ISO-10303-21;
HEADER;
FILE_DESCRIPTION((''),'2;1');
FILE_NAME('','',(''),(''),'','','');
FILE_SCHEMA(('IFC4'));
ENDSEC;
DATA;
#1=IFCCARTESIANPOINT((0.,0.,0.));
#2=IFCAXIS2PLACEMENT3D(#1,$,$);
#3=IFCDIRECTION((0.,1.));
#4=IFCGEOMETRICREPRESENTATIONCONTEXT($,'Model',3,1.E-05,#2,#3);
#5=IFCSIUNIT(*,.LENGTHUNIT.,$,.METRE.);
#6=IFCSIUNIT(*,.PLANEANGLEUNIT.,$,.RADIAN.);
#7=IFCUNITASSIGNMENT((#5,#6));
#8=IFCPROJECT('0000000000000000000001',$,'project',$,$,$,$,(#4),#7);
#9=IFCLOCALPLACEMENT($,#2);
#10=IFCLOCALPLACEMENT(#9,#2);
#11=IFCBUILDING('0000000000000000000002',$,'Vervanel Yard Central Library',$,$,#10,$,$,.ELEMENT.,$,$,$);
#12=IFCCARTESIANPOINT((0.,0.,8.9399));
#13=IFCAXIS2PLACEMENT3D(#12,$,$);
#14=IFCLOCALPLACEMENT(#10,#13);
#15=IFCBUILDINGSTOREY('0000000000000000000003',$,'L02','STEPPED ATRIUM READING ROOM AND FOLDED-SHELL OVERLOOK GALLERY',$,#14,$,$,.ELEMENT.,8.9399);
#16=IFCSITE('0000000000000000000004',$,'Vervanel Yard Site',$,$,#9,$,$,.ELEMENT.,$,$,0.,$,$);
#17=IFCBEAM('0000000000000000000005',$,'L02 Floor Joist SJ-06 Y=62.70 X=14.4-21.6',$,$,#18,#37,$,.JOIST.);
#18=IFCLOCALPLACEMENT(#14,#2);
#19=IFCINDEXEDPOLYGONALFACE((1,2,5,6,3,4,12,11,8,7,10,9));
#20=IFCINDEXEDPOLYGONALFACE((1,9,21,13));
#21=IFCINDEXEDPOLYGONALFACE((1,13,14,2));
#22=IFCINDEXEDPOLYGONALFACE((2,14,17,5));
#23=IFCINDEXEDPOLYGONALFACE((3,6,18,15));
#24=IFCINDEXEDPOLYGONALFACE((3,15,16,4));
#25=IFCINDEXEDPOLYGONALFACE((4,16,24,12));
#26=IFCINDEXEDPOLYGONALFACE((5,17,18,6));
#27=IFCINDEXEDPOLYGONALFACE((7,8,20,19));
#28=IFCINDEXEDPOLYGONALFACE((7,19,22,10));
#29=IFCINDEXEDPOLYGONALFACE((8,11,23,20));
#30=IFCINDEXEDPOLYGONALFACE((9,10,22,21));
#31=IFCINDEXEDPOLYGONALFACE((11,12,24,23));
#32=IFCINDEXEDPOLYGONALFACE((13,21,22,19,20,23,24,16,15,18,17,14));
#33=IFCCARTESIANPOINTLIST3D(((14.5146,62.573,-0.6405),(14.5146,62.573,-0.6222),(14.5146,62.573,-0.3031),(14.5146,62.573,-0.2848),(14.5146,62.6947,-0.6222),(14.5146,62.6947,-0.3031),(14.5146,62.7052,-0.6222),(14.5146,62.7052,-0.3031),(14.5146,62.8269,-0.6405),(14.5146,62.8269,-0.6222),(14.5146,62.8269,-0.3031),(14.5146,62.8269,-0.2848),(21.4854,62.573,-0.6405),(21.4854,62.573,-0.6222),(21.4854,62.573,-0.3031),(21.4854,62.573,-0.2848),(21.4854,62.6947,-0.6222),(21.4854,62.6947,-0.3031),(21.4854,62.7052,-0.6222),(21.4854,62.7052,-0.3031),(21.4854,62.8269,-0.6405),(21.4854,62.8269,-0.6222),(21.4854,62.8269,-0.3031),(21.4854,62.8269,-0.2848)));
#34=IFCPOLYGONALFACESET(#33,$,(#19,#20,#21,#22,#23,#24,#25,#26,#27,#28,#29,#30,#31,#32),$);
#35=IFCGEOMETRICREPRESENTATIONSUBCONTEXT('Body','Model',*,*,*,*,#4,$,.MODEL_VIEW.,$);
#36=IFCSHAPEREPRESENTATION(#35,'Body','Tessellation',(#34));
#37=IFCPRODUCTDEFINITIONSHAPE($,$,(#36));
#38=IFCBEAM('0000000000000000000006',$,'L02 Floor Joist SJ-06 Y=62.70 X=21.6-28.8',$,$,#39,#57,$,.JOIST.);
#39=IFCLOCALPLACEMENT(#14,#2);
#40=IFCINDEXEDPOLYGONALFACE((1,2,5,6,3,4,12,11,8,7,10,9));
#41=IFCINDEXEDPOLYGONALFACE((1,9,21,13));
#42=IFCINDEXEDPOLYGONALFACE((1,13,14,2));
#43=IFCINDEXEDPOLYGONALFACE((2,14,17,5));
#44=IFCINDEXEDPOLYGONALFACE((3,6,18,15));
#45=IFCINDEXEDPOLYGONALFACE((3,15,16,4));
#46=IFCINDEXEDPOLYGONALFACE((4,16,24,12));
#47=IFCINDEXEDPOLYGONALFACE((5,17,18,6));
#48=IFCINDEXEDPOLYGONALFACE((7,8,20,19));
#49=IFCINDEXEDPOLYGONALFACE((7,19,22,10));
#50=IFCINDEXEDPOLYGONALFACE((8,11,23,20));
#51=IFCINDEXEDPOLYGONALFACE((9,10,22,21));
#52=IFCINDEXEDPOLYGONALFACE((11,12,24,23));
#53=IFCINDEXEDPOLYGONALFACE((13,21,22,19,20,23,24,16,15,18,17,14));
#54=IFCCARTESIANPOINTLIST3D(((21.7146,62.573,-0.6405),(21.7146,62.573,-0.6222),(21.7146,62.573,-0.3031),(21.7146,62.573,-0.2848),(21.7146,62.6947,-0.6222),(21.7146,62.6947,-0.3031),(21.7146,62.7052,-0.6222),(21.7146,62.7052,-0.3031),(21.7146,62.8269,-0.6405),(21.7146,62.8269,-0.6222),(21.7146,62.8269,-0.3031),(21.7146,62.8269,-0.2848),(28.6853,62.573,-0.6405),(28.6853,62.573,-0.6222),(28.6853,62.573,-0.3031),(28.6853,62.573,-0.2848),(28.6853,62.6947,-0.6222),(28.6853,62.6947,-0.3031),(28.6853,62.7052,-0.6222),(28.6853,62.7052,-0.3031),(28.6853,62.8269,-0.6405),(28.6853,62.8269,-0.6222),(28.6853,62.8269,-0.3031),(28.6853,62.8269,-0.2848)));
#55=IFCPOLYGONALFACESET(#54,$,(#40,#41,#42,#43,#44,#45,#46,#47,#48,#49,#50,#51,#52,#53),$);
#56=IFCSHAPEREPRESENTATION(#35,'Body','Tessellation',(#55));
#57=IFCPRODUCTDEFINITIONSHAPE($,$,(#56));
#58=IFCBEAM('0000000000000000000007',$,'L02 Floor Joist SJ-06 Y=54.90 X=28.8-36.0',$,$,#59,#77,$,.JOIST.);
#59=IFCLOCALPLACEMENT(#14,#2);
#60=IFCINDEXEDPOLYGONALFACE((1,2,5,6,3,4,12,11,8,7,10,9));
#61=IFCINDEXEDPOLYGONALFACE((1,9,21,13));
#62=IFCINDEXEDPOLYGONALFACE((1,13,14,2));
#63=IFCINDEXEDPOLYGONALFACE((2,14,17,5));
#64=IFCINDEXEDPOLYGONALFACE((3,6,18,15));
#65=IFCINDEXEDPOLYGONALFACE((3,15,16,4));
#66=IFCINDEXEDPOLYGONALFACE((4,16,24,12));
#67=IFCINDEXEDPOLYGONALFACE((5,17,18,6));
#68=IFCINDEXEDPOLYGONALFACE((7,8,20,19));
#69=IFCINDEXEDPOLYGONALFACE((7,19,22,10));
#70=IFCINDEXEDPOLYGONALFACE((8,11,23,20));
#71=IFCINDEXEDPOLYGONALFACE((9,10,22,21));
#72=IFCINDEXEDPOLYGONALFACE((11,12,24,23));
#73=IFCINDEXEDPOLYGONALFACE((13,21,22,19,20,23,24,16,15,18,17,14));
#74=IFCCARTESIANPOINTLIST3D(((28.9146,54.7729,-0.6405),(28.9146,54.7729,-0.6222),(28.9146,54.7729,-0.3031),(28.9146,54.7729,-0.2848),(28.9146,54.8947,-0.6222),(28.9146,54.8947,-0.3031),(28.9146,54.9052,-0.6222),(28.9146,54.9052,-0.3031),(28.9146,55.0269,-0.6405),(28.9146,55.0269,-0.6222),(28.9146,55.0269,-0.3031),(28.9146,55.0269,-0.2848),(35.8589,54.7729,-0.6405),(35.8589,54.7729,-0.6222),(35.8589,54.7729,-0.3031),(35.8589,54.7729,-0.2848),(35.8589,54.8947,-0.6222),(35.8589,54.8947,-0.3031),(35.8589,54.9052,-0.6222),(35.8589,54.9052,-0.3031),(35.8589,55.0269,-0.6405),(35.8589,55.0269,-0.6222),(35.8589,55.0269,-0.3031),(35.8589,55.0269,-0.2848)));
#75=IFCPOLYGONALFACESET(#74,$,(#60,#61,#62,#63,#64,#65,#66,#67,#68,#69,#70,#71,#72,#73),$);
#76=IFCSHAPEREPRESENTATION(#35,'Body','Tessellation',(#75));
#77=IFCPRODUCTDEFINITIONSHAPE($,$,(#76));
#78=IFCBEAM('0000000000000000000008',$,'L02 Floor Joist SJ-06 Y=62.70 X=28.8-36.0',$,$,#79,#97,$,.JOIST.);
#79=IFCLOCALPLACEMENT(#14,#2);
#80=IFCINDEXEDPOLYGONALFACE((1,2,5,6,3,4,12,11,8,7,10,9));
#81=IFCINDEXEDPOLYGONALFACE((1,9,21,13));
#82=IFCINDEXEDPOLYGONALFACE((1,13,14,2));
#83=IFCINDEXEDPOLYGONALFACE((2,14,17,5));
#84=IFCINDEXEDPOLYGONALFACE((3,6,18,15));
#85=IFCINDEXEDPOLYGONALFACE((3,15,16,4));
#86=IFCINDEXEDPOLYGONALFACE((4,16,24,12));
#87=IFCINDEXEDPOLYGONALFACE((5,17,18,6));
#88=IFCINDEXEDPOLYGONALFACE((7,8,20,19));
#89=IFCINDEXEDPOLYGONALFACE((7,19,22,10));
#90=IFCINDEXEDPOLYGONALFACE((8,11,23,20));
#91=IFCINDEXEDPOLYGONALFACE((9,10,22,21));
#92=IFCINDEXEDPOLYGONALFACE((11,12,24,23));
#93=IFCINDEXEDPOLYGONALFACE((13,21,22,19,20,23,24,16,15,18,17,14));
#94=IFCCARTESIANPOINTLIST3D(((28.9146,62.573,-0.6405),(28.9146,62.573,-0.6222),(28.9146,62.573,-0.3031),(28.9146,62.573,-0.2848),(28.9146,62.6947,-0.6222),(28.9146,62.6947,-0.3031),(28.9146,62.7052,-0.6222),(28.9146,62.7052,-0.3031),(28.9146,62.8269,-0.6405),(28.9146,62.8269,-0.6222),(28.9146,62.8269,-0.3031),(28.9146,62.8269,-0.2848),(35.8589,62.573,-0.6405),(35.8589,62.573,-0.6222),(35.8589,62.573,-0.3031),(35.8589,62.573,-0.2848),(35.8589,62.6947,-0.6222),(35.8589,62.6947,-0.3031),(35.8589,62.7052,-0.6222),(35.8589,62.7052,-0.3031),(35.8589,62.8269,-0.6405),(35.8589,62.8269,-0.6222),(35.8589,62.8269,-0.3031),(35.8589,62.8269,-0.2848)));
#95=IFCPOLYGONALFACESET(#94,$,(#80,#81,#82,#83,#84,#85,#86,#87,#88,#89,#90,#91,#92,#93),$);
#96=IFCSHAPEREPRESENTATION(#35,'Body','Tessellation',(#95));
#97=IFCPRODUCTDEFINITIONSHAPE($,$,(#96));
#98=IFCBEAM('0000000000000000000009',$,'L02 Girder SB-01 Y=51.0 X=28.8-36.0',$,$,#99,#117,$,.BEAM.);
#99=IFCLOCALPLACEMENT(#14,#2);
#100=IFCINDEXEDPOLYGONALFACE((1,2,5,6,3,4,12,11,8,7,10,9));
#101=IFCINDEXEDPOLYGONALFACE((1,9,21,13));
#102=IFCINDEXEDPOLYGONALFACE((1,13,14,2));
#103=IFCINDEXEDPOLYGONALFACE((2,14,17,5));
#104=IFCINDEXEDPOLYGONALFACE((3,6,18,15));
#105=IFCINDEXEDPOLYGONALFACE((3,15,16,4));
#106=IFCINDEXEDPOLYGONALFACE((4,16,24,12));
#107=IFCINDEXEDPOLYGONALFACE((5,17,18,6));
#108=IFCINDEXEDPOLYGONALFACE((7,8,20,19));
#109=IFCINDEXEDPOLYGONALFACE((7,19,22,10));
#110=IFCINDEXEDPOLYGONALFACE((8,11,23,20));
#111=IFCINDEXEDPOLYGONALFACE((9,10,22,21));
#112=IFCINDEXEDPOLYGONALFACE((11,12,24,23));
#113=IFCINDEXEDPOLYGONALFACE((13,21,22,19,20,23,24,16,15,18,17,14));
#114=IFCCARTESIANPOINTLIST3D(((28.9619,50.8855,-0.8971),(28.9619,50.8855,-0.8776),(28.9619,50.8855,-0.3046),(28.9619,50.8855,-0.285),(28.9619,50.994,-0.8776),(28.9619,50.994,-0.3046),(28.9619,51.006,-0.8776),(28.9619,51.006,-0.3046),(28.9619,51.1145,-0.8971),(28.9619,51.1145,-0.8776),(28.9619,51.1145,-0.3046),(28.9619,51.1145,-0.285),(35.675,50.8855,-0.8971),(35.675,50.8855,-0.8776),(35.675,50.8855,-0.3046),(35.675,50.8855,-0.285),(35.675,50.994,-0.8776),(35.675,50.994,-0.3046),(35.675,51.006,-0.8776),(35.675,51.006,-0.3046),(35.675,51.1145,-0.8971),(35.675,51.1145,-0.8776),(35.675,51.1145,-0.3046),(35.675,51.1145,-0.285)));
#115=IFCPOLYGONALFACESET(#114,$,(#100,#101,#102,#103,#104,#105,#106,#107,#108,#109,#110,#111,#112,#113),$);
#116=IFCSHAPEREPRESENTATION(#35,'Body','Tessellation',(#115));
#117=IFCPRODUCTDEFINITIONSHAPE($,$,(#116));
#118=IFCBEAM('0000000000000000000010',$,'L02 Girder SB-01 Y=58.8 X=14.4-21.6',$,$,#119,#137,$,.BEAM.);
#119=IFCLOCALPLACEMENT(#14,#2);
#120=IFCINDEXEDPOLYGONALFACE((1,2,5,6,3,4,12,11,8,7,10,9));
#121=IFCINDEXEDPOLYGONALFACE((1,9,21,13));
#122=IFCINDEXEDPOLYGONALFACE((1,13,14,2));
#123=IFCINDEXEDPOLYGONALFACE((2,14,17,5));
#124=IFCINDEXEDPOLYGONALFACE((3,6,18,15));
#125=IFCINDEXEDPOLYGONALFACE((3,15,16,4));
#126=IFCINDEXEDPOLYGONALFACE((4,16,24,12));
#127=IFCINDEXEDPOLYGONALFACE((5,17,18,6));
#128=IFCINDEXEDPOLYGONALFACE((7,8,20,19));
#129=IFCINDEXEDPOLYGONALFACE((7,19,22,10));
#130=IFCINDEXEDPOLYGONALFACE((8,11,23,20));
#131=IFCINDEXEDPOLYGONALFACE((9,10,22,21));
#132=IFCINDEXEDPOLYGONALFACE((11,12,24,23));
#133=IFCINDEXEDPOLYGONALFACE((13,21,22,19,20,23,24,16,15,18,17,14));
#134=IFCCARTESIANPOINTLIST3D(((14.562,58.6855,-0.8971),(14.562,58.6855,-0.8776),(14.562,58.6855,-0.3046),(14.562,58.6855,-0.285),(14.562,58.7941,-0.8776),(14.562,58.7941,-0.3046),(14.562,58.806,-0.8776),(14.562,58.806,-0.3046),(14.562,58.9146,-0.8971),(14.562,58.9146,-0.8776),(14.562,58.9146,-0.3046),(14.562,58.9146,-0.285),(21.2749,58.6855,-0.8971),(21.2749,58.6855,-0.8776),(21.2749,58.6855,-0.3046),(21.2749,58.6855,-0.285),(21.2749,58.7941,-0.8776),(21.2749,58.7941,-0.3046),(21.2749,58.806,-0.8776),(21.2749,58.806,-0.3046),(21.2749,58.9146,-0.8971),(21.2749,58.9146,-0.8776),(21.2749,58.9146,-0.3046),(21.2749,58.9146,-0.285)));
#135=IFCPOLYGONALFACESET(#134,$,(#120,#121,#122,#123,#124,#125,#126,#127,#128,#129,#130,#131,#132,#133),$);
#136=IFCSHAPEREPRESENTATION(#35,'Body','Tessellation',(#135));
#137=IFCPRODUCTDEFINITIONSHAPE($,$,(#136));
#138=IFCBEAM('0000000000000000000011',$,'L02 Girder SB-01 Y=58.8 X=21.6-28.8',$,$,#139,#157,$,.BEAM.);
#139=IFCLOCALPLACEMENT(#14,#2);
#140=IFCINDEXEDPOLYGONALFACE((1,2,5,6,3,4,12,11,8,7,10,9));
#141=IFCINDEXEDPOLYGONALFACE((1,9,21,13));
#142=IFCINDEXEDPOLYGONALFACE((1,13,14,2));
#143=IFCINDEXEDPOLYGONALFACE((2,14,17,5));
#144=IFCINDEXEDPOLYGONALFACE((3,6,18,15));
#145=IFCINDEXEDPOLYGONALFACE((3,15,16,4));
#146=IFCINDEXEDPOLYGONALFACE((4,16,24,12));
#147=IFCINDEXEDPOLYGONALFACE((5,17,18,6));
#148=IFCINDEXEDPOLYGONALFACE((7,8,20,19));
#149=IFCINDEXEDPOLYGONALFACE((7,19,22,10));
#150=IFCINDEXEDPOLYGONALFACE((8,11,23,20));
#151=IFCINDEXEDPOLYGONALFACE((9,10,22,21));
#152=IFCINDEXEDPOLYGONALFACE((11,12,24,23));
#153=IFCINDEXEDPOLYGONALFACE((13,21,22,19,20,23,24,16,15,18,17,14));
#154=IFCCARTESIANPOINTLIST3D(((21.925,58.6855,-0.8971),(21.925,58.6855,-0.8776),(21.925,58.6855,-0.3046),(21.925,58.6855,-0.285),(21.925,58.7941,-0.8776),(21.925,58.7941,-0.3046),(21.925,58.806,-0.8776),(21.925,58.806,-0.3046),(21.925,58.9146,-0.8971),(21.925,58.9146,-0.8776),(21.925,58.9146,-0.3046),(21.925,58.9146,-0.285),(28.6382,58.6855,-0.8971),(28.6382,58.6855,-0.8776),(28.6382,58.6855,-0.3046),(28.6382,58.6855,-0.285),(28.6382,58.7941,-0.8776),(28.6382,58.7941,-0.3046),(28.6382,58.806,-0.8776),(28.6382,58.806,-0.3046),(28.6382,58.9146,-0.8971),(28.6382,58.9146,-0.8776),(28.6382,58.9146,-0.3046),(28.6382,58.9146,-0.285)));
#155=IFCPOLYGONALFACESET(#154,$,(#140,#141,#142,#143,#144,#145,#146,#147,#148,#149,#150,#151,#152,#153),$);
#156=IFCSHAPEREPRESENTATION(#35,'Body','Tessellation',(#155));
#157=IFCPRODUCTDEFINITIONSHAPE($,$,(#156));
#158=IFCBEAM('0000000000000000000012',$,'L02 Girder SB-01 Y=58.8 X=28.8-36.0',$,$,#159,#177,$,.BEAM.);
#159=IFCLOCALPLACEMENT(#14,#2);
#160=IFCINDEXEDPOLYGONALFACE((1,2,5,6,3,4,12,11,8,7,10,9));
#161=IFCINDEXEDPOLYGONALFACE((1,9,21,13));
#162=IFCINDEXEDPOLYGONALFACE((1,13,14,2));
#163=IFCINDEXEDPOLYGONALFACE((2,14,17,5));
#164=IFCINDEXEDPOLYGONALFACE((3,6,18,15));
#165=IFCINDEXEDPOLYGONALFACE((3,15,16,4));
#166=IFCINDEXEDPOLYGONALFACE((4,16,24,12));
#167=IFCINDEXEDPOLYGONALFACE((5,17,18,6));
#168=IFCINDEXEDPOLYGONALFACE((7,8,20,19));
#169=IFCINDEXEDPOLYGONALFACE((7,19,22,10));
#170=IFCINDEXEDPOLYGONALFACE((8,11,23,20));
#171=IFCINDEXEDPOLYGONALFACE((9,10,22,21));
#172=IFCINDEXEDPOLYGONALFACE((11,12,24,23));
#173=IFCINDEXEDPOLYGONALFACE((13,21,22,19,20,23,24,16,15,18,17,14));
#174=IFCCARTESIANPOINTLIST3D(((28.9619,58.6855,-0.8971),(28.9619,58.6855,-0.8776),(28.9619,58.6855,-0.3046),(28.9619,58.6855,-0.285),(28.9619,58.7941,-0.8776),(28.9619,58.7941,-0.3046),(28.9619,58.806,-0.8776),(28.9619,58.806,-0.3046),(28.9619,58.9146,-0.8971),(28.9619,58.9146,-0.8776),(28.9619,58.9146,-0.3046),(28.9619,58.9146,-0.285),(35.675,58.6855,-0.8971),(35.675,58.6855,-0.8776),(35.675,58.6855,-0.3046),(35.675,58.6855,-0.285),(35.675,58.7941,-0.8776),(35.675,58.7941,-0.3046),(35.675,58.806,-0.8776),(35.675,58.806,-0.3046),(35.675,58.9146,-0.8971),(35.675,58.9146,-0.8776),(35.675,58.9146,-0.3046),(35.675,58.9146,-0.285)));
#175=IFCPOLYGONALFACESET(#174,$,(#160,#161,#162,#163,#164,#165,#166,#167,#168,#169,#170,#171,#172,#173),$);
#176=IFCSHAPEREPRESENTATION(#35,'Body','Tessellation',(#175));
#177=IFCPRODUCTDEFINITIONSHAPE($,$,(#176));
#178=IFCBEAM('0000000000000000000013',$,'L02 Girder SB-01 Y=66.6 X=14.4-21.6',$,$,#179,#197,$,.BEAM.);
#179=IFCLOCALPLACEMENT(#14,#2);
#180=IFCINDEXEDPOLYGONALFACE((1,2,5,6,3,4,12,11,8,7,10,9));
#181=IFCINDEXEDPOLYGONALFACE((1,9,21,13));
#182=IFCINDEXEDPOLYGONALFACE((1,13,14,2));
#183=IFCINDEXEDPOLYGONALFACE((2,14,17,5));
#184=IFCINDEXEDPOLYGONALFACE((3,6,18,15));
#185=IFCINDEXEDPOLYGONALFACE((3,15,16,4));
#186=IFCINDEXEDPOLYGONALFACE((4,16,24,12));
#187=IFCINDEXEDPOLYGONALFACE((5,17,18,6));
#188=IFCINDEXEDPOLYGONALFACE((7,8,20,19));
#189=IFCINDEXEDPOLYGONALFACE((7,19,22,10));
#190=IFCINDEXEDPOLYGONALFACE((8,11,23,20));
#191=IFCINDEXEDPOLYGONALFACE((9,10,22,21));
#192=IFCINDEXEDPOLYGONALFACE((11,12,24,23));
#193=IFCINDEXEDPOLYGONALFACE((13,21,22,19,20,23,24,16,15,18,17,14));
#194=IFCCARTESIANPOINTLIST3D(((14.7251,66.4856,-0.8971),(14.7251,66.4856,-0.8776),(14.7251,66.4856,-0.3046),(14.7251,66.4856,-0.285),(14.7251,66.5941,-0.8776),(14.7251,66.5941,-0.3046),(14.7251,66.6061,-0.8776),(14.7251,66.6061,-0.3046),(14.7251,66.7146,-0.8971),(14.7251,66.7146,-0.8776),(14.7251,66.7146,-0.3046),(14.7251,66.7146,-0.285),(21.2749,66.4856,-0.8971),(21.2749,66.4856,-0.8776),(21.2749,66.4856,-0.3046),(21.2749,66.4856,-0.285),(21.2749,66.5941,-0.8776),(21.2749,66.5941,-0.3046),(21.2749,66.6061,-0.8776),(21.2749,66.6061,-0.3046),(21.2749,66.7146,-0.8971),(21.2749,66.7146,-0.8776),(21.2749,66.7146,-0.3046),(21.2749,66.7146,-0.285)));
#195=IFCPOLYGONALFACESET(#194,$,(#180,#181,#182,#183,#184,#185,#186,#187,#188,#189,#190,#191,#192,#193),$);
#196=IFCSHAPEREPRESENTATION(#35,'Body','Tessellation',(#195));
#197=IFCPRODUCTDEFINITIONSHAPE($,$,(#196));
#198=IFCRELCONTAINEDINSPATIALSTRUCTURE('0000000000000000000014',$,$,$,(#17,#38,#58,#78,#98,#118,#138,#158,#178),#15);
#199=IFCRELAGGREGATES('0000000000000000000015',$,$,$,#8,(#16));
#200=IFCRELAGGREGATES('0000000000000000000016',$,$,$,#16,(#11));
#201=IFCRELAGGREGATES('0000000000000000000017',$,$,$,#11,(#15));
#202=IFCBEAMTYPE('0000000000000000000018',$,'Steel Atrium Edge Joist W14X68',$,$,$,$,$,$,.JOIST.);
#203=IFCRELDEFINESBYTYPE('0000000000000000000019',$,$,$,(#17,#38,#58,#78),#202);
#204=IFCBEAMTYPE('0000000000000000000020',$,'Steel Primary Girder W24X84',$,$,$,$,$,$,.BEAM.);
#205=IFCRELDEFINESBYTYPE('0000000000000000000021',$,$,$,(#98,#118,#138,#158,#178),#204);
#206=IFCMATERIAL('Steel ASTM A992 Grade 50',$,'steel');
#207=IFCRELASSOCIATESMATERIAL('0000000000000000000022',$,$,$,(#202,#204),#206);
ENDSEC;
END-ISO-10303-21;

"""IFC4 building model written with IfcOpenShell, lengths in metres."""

from ifc_helpers import new_model, si_unit, direction, frame, origin, origin_2d, place, context, subcontext, project, spatial, i_section, extrude, material, material_profile, profile_set, type_object, element, save


model = new_model("IFC4")

# Units and contexts
model_context = context("Model", 3, precision=1e-05, world=origin(), true_north=direction((0.0, 1.0)))
body_context = subcontext(model_context, "Body", "Model", "MODEL_VIEW")
ifc_project = project(units=[si_unit("LENGTHUNIT", "METRE"), si_unit("PLANEANGLEUNIT", "RADIAN")], contexts=[model_context])

# Site, building, storey
site_placement = place(None, origin())
site = spatial("IfcSite", under=ifc_project, at=site_placement, Name="Vervanel Yard Site", CompositionType="ELEMENT", RefElevation=0.0)
building_placement = place(site_placement, origin())
building = spatial("IfcBuilding", under=site, at=building_placement, Name="Vervanel Yard Central Library", CompositionType="ELEMENT")
storey_placement = place(building_placement, frame((0.0, 0.0, 8.9399)))
storey = spatial("IfcBuildingStorey", under=building, at=storey_placement, Name="L02", Description="STEPPED ATRIUM READING ROOM AND FOLDED-SHELL OVERLOOK GALLERY", CompositionType="ELEMENT", Elevation=8.9399)

# Beams
ifc_material_1 = material(Name="Steel ASTM A992 Grade 50", Category="steel")
ifc_material_profile_1 = material_profile(ifc_material_1, i_section(OverallWidth=0.2539, OverallDepth=0.3557, WebThickness=0.0105, FlangeThickness=0.0183, at=origin_2d()), Name="W14X68", Category="steel")
ifc_profile_set_1 = profile_set([ifc_material_profile_1], Name="Steel ASTM A992 Grade 50")
beam_type_1 = type_object("IfcBeamType", Name="Steel Atrium Edge Joist W14X68", PredefinedType="JOIST", material=ifc_profile_set_1)
for number, where, z_axis, x_axis, name in (
    (1, (14.5146, 62.7, -0.4626), (1.0, 0.0, 0.0), (0.0, 1.0, 0.0), "L02 Floor Joist SJ-06 Y=62.70 X=14.4-21.6"),
    (2, (21.7146, 62.7, -0.4626), (1.0, 0.0, 0.0), (0.0, 1.0, 0.0), "L02 Floor Joist SJ-06 Y=62.70 X=21.6-28.8"),
):
    element("IfcBeam", number, at=place(storey_placement, frame(where, z_axis=z_axis, x_axis=x_axis)), inside=storey, type_object=beam_type_1, Name=name, PredefinedType="JOIST", context=body_context, shape_type="SweptSolid", body=[
        extrude(i_section(OverallWidth=0.2539, OverallDepth=0.3557, WebThickness=0.0105, FlangeThickness=0.0183, at=origin_2d()), origin(), (0.0, 0.0, 1.0), 6.9707),
    ])
for number, where, z_axis, x_axis, name in (
    (3, (28.9146, 54.8999, -0.4626), (1.0, 0.0, 0.0), (0.0, 1.0, 0.0), "L02 Floor Joist SJ-06 Y=54.90 X=28.8-36.0"),
    (4, (28.9146, 62.7, -0.4626), (1.0, 0.0, 0.0), (0.0, 1.0, 0.0), "L02 Floor Joist SJ-06 Y=62.70 X=28.8-36.0"),
):
    element("IfcBeam", number, at=place(storey_placement, frame(where, z_axis=z_axis, x_axis=x_axis)), inside=storey, type_object=beam_type_1, Name=name, PredefinedType="JOIST", context=body_context, shape_type="SweptSolid", body=[
        extrude(i_section(OverallWidth=0.2539, OverallDepth=0.3557, WebThickness=0.0105, FlangeThickness=0.0183, at=origin_2d()), origin(), (0.0, 0.0, 1.0), 6.9443),
    ])
ifc_material_profile_2 = material_profile(ifc_material_1, i_section(OverallWidth=0.229, OverallDepth=0.6121, WebThickness=0.012, FlangeThickness=0.0195, at=origin_2d()), Name="W24X84", Category="steel")
ifc_profile_set_2 = profile_set([ifc_material_profile_2], Name="Steel ASTM A992 Grade 50")
beam_type_2 = type_object("IfcBeamType", Name="Steel Primary Girder W24X84", PredefinedType="BEAM", material=ifc_profile_set_2)
beam_1_placement = place(storey_placement, frame((28.9619, 51.0, -0.5911), z_axis=(1.0, 0.0, 0.0), x_axis=(0.0, 1.0, 0.0)))
element("IfcBeam", 5, at=beam_1_placement, inside=storey, type_object=beam_type_2, Name="L02 Girder SB-01 Y=51.0 X=28.8-36.0", PredefinedType="BEAM", context=body_context, shape_type="SweptSolid", body=[
    extrude(i_section(OverallWidth=0.229, OverallDepth=0.6121, WebThickness=0.012, FlangeThickness=0.0195, at=origin_2d()), origin(), (0.0, 0.0, 1.0), 6.7131),
])
beam_2_placement = place(storey_placement, frame((14.562, 58.8, -0.5911), z_axis=(1.0, 0.0, 0.0), x_axis=(0.0, 1.0, 0.0)))
element("IfcBeam", 6, at=beam_2_placement, inside=storey, type_object=beam_type_2, Name="L02 Girder SB-01 Y=58.8 X=14.4-21.6", PredefinedType="BEAM", context=body_context, shape_type="SweptSolid", body=[
    extrude(i_section(OverallWidth=0.229, OverallDepth=0.6121, WebThickness=0.012, FlangeThickness=0.0195, at=origin_2d()), origin(), (0.0, 0.0, 1.0), 6.7129),
])
for number, where, z_axis, x_axis, name in (
    (7, (21.925, 58.8, -0.5911), (1.0, 0.0, 0.0), (0.0, 1.0, 0.0), "L02 Girder SB-01 Y=58.8 X=21.6-28.8"),
    (8, (28.9619, 58.8, -0.5911), (1.0, 0.0, 0.0), (0.0, 1.0, 0.0), "L02 Girder SB-01 Y=58.8 X=28.8-36.0"),
):
    element("IfcBeam", number, at=place(storey_placement, frame(where, z_axis=z_axis, x_axis=x_axis)), inside=storey, type_object=beam_type_2, Name=name, PredefinedType="BEAM", context=body_context, shape_type="SweptSolid", body=[
        extrude(i_section(OverallWidth=0.229, OverallDepth=0.6121, WebThickness=0.012, FlangeThickness=0.0195, at=origin_2d()), origin(), (0.0, 0.0, 1.0), 6.7131),
    ])
beam_3_placement = place(storey_placement, frame((14.7251, 66.6001, -0.5911), z_axis=(1.0, 0.0, 0.0), x_axis=(0.0, 1.0, 0.0)))
element("IfcBeam", 9, at=beam_3_placement, inside=storey, type_object=beam_type_2, Name="L02 Girder SB-01 Y=66.6 X=14.4-21.6", PredefinedType="BEAM", context=body_context, shape_type="SweptSolid", body=[
    extrude(i_section(OverallWidth=0.229, OverallDepth=0.6121, WebThickness=0.012, FlangeThickness=0.0195, at=origin_2d()), origin(), (0.0, 0.0, 1.0), 6.5498),
])

save(model, "model.ifc")
